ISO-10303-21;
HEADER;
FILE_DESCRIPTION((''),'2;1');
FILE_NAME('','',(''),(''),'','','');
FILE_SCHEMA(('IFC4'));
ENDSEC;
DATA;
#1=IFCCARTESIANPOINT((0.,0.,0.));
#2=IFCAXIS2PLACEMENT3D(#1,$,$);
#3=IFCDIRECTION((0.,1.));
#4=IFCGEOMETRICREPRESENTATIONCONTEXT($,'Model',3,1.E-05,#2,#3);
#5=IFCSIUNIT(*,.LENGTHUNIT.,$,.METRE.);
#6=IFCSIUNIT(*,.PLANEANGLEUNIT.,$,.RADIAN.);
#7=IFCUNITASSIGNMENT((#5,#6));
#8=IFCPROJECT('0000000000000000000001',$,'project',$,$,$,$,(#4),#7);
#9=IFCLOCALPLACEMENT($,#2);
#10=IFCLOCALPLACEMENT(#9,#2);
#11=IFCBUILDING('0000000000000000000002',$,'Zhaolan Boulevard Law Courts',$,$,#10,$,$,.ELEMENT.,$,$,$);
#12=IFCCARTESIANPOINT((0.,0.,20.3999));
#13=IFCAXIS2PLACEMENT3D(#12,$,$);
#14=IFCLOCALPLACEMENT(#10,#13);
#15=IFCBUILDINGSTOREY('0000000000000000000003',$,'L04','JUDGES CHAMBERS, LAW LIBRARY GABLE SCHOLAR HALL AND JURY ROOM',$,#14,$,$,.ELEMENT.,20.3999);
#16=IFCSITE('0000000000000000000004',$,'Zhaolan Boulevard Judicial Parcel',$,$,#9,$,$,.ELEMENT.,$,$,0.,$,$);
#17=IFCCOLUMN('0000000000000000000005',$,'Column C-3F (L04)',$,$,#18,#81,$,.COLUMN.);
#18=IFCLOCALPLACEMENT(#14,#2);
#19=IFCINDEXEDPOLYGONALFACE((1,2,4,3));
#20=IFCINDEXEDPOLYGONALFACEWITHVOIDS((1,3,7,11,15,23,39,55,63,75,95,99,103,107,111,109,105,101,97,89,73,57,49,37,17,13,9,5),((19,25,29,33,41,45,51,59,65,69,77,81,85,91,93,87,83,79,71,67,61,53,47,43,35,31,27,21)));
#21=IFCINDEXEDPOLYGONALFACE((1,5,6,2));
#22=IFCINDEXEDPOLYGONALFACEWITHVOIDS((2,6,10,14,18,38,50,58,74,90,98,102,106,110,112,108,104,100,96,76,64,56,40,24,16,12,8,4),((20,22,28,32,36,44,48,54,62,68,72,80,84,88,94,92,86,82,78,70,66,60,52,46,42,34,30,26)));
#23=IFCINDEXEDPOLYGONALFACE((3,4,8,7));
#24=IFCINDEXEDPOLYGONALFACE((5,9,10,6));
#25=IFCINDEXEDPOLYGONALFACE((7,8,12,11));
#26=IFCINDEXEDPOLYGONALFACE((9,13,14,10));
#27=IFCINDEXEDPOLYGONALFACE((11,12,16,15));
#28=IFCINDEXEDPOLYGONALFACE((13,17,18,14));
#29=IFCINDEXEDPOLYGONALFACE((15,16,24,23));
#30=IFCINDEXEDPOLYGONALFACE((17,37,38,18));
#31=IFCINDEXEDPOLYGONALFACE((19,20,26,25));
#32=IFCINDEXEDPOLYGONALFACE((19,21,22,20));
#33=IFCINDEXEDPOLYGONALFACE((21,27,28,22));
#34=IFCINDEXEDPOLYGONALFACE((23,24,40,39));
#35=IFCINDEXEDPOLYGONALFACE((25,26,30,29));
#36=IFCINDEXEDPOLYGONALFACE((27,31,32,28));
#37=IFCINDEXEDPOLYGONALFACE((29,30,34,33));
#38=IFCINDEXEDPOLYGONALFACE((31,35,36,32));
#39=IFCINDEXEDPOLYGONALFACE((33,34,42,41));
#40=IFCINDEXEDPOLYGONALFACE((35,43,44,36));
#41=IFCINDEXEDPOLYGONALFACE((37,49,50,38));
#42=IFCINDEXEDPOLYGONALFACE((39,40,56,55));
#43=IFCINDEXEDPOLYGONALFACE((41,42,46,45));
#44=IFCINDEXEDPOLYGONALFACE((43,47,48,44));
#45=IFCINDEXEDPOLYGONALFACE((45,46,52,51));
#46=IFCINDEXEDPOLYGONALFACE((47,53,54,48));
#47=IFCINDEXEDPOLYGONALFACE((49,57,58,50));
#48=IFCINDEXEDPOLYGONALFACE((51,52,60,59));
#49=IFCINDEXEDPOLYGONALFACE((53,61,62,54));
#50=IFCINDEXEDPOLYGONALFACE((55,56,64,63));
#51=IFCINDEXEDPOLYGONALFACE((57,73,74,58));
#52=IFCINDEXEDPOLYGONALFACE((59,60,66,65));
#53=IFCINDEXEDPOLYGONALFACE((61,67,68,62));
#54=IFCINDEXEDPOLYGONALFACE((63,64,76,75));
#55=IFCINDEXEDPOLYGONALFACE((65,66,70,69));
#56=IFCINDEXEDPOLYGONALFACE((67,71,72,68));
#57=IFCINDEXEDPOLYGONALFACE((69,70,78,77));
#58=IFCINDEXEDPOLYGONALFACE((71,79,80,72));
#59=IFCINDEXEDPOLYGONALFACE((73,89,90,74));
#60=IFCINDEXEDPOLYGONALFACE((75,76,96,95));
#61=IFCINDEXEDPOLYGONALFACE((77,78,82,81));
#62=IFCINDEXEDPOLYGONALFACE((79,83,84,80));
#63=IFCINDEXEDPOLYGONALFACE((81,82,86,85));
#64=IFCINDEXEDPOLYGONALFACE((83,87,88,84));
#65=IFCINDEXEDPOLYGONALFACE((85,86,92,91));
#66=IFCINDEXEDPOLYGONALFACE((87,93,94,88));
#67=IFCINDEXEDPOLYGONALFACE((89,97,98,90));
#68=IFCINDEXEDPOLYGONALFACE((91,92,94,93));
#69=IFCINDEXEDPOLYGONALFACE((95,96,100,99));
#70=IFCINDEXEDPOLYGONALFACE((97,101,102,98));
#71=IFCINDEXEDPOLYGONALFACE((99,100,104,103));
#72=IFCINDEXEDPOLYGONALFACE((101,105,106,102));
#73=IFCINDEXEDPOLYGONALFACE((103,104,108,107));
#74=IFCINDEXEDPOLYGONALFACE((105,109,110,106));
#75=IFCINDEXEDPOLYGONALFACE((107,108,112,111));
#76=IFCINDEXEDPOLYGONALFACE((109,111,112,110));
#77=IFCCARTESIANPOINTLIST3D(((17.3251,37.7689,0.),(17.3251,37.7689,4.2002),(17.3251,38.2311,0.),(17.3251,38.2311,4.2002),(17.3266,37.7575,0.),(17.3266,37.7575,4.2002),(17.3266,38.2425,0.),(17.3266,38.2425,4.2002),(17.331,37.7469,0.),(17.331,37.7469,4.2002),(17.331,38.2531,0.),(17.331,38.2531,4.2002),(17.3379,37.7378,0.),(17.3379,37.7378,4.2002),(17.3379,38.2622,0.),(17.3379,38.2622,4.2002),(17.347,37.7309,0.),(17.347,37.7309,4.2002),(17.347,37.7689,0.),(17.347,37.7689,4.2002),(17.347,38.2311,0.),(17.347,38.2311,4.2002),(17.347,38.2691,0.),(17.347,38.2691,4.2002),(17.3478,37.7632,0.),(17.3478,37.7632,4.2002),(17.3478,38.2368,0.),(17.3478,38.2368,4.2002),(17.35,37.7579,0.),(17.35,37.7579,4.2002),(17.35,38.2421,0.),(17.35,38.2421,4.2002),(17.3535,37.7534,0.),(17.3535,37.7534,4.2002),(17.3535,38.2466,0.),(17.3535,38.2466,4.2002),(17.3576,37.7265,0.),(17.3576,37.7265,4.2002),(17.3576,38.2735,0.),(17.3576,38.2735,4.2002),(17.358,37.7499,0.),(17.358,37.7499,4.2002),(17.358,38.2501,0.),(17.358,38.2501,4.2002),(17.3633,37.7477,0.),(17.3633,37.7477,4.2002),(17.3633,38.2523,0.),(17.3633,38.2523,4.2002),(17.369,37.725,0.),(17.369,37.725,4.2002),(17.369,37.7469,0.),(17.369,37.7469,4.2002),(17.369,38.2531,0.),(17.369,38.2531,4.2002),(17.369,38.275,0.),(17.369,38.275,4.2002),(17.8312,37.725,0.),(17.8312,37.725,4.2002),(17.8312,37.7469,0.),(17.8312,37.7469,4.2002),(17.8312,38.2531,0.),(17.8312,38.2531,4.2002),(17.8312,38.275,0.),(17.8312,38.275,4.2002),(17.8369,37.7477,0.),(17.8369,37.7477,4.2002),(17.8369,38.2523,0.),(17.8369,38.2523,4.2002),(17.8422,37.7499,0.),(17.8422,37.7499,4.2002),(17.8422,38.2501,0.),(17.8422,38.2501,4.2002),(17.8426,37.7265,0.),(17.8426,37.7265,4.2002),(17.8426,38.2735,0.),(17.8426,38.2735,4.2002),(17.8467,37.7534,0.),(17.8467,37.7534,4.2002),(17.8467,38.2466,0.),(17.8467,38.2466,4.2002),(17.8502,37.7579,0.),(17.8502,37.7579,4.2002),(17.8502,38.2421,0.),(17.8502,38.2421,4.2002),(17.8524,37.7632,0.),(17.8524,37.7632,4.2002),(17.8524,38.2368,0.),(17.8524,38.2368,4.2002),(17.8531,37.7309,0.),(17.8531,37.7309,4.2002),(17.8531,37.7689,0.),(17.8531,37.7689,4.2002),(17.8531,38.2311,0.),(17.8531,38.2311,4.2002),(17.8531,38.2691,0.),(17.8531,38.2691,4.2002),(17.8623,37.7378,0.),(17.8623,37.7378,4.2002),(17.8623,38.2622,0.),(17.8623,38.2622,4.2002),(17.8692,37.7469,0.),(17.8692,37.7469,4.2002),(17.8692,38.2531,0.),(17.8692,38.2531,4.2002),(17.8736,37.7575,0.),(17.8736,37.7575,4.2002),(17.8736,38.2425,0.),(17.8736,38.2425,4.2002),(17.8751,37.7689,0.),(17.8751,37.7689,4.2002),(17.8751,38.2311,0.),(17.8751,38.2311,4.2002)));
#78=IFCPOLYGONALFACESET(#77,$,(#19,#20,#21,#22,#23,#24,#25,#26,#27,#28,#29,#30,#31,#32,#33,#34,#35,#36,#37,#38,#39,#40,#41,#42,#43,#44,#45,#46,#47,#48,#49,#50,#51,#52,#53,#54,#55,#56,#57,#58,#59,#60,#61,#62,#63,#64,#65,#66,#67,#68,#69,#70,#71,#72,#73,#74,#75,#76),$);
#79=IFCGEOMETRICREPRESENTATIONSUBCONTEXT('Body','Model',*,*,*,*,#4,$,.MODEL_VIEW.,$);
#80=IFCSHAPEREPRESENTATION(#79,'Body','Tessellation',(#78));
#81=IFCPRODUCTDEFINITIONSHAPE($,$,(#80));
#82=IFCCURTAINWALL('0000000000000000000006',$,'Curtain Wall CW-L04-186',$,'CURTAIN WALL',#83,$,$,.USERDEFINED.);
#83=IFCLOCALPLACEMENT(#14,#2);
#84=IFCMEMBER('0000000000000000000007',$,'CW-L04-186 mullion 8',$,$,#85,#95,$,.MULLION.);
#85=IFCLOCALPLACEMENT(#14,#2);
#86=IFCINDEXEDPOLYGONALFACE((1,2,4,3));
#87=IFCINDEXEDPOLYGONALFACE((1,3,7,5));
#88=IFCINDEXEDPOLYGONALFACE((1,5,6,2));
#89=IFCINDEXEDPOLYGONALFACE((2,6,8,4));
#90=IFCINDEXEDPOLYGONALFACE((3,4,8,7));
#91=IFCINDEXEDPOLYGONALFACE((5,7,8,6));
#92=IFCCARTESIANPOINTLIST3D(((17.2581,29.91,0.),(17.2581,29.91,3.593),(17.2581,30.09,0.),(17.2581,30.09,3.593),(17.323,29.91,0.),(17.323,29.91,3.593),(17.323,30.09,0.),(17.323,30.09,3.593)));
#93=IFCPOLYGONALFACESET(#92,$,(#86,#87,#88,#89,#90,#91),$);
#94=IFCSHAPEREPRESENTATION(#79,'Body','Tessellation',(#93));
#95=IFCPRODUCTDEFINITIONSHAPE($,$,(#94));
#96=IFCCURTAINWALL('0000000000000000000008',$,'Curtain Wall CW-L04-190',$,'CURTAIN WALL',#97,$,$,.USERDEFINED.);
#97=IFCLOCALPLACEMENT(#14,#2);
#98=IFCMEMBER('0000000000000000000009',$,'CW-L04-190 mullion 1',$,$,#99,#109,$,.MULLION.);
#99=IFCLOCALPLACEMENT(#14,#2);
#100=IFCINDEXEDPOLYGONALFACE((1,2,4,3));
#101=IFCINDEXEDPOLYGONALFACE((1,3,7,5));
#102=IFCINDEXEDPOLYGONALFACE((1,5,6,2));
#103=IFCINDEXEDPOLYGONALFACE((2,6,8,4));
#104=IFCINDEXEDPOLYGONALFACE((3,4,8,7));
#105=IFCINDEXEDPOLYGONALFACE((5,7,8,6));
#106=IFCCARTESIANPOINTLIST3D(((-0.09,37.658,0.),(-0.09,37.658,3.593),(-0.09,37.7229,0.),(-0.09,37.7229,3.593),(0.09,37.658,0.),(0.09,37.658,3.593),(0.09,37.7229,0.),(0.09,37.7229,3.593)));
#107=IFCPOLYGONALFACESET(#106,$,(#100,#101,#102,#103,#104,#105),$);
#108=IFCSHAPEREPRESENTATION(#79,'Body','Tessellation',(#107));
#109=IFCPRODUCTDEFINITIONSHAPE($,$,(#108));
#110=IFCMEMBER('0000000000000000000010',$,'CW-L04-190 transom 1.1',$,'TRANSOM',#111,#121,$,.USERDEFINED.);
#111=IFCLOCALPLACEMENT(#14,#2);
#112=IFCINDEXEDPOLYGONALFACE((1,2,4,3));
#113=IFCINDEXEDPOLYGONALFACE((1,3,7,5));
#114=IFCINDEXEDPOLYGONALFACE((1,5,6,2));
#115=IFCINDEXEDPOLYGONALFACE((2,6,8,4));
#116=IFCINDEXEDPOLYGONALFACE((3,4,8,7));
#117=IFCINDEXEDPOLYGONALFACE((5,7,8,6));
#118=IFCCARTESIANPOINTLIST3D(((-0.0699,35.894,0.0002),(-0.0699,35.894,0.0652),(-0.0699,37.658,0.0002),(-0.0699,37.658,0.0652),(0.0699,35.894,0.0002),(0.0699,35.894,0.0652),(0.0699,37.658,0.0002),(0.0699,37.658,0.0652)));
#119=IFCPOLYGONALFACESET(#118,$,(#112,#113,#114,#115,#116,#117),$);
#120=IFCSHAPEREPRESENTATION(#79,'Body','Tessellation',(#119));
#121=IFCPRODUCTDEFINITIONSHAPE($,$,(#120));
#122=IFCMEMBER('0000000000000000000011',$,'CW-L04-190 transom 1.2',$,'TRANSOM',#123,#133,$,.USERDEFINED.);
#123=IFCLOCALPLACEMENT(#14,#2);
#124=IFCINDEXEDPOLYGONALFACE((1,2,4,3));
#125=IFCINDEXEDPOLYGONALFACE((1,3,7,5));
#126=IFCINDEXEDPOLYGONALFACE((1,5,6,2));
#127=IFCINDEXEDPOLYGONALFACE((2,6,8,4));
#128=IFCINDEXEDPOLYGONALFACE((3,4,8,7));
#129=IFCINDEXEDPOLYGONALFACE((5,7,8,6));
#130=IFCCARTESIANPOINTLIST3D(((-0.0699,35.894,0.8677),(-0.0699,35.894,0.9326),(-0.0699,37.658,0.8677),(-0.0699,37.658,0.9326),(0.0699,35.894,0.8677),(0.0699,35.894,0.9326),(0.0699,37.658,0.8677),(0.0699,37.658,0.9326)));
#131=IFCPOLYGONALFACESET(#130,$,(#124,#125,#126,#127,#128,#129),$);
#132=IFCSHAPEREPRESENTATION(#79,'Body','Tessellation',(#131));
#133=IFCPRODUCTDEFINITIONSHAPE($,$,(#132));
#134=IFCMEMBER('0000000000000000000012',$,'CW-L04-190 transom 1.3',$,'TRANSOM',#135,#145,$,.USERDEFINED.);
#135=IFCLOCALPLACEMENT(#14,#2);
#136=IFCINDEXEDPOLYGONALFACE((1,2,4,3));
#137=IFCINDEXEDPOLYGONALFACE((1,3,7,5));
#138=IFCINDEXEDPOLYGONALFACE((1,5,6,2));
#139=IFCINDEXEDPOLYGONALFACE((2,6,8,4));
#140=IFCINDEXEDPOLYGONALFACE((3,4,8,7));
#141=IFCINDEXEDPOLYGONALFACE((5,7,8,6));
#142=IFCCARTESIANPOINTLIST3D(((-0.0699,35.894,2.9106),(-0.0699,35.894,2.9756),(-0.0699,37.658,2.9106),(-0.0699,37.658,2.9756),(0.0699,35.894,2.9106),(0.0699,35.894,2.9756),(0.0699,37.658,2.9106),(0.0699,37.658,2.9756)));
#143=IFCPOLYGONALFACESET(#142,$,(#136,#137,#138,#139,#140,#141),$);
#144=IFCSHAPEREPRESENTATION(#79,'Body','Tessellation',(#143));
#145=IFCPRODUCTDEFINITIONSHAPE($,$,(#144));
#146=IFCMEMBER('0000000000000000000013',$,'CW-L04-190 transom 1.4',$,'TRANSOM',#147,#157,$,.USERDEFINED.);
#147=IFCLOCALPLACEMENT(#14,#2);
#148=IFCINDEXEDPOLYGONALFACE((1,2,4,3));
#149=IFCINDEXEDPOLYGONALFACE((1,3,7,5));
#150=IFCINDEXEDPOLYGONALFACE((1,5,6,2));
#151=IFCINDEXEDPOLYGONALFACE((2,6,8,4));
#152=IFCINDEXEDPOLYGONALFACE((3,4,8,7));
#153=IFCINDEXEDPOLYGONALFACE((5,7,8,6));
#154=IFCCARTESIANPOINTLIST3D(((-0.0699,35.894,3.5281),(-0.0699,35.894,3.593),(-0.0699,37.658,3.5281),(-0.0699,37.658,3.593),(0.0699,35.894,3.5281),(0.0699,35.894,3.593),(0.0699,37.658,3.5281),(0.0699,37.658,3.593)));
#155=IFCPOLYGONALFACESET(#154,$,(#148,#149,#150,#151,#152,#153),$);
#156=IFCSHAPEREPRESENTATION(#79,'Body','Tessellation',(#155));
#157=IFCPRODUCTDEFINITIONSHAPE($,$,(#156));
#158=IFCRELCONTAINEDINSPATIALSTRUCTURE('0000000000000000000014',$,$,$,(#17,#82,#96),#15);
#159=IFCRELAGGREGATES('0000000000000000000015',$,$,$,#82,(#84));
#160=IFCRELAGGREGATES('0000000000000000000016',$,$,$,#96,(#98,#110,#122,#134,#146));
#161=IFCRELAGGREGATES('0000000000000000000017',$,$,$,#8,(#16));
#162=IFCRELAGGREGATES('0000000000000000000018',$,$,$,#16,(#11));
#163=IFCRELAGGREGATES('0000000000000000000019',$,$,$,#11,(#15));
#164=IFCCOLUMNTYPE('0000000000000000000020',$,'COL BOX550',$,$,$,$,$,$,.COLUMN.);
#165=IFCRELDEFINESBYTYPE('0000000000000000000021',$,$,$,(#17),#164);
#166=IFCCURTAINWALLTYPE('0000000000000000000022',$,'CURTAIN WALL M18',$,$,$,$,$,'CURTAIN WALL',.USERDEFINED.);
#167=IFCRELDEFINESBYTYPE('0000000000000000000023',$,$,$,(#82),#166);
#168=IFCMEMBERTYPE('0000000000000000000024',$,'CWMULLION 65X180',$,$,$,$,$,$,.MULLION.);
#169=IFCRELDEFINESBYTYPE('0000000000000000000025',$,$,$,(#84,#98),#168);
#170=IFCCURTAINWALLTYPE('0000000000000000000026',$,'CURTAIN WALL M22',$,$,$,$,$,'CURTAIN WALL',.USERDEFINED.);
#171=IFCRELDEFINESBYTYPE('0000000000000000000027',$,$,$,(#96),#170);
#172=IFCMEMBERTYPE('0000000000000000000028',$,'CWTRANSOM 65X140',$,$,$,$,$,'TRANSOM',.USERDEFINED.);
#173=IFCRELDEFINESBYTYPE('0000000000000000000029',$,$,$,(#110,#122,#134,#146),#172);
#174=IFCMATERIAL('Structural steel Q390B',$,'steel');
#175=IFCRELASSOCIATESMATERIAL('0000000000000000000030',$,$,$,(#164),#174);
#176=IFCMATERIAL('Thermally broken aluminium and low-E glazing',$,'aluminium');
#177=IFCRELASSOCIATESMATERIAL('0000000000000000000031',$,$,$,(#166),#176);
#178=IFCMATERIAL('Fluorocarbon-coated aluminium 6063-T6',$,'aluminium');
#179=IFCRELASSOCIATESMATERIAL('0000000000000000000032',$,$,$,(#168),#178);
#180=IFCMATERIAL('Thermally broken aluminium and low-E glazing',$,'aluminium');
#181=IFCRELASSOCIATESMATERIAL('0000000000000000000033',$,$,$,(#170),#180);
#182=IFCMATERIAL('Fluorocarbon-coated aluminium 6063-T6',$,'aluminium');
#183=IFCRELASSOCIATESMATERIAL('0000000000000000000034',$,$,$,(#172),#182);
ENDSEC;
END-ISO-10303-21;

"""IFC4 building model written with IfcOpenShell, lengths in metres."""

from ifc_helpers import new_model, si_unit, direction, frame, origin, origin_2d, place, context, subcontext, project, spatial, rectangle, hollow_rectangle, extrude, material, material_profile, profile_set, type_object, element, aggregate, save


model = new_model("IFC4")

# Units and contexts
model_context = context("Model", 3, precision=1e-05, world=origin(), true_north=direction((0.0, 1.0)))
body_context = subcontext(model_context, "Body", "Model", "MODEL_VIEW")
ifc_project = project(units=[si_unit("LENGTHUNIT", "METRE"), si_unit("PLANEANGLEUNIT", "RADIAN")], contexts=[model_context])

# Site, building, storey
site_placement = place(None, origin())
site = spatial("IfcSite", under=ifc_project, at=site_placement, Name="Zhaolan Boulevard Judicial Parcel", CompositionType="ELEMENT", RefElevation=0.0)
building_placement = place(site_placement, origin())
building = spatial("IfcBuilding", under=site, at=building_placement, Name="Zhaolan Boulevard Law Courts", CompositionType="ELEMENT")
storey_placement = place(building_placement, frame((0.0, 0.0, 20.3999)))
storey = spatial("IfcBuildingStorey", under=building, at=storey_placement, Name="L04", Description="JUDGES CHAMBERS, LAW LIBRARY GABLE SCHOLAR HALL AND JURY ROOM", CompositionType="ELEMENT", Elevation=20.3999)

# Column
ifc_material_1 = material(Name="Structural steel Q390B", Category="steel")
ifc_material_profile_1 = material_profile(ifc_material_1, hollow_rectangle(XDim=0.55, YDim=0.55, WallThickness=0.022, InnerFilletRadius=0.022, OuterFilletRadius=0.0439, at=origin_2d()), Name="BOX550x550x22")
ifc_profile_set_1 = profile_set([ifc_material_profile_1], Name="Structural steel Q390B")
column_type = type_object("IfcColumnType", Name="COL BOX550", PredefinedType="COLUMN", material=ifc_profile_set_1)
for number, where, z_axis, x_axis, name in (
    (1, (17.6001, 38.0, 0.0), (0.0, 0.0, 1.0), (1.0, 0.0, 0.0), "Column C-3F (L04)"),
):
    element("IfcColumn", number, at=place(storey_placement, frame(where, z_axis=z_axis, x_axis=x_axis)), inside=storey, type_object=column_type, Name=name, PredefinedType="COLUMN", context=body_context, shape_type="SweptSolid", body=[
        extrude(hollow_rectangle(XDim=0.55, YDim=0.55, WallThickness=0.022, InnerFilletRadius=0.022, OuterFilletRadius=0.0439, at=origin_2d()), origin(), (0.0, 0.0, 1.0), 4.2002),
    ])

# Curtain wall, member
ifc_material_2 = material(Name="Thermally broken aluminium and low-E glazing", Category="aluminium")
curtain_wall_type_1 = type_object("IfcCurtainWallType", Name="CURTAIN WALL M18", ElementType="CURTAIN WALL", PredefinedType="USERDEFINED", material=ifc_material_2)
curtain_wall_1_placement = place(storey_placement, origin())
curtain_wall_1 = element("IfcCurtainWall", 2, at=curtain_wall_1_placement, inside=storey, type_object=curtain_wall_type_1, Name="Curtain Wall CW-L04-186", ObjectType="CURTAIN WALL", PredefinedType="USERDEFINED")
ifc_material_3 = material(Name="Fluorocarbon-coated aluminium 6063-T6", Category="aluminium")
ifc_material_profile_2 = material_profile(ifc_material_3, rectangle(XDim=0.1799, YDim=0.0649, at=origin_2d()), Name="AL65x180")
ifc_profile_set_2 = profile_set([ifc_material_profile_2], Name="Fluorocarbon-coated aluminium 6063-T6")
member_type_1 = type_object("IfcMemberType", Name="CWMULLION 65X180", PredefinedType="MULLION", material=ifc_profile_set_2)
member_1_placement = place(storey_placement, frame((17.2905, 30.0, 0.0), z_axis=(0.0, 0.0, 1.0), x_axis=(0.0, 1.0, 0.0)))
member_1 = element("IfcMember", 3, at=member_1_placement, type_object=member_type_1, Name="CW-L04-186 mullion 8", PredefinedType="MULLION", context=body_context, shape_type="SweptSolid", body=[
    extrude(rectangle(XDim=0.1799, YDim=0.0649, at=origin_2d()), origin(), (0.0, 0.0, 1.0), 3.593),
])
aggregate(curtain_wall_1, [member_1])

# Curtain wall, members
ifc_material_4 = material(Name="Thermally broken aluminium and low-E glazing", Category="aluminium")
curtain_wall_type_2 = type_object("IfcCurtainWallType", Name="CURTAIN WALL M22", ElementType="CURTAIN WALL", PredefinedType="USERDEFINED", material=ifc_material_4)
curtain_wall_2_placement = place(storey_placement, origin())
curtain_wall_2 = element("IfcCurtainWall", 4, at=curtain_wall_2_placement, inside=storey, type_object=curtain_wall_type_2, Name="Curtain Wall CW-L04-190", ObjectType="CURTAIN WALL", PredefinedType="USERDEFINED")
member_2_placement = place(storey_placement, frame((0.0, 37.6904, 0.0), z_axis=(0.0, 0.0, 1.0), x_axis=(1.0, 0.0, 0.0)))
member_2 = element("IfcMember", 5, at=member_2_placement, type_object=member_type_1, Name="CW-L04-190 mullion 1", PredefinedType="MULLION", context=body_context, shape_type="SweptSolid", body=[
    extrude(rectangle(XDim=0.1799, YDim=0.0649, at=origin_2d()), origin(), (0.0, 0.0, 1.0), 3.593),
])
ifc_material_5 = material(Name="Fluorocarbon-coated aluminium 6063-T6", Category="aluminium")
ifc_material_profile_3 = material_profile(ifc_material_5, rectangle(XDim=0.1399, YDim=0.0649, at=origin_2d()), Name="AL65x140")
ifc_profile_set_3 = profile_set([ifc_material_profile_3], Name="Fluorocarbon-coated aluminium 6063-T6")
member_type_2 = type_object("IfcMemberType", Name="CWTRANSOM 65X140", ElementType="TRANSOM", PredefinedType="USERDEFINED", material=ifc_profile_set_3)
member_3_placement = place(storey_placement, frame((0.0, 37.658, 0.0327), z_axis=(0.0, -1.0, 0.0), x_axis=(1.0, 0.0, 0.0)))
member_3 = element("IfcMember", 6, at=member_3_placement, type_object=member_type_2, Name="CW-L04-190 transom 1.1", ObjectType="TRANSOM", PredefinedType="USERDEFINED", context=body_context, shape_type="SweptSolid", body=[
    extrude(rectangle(XDim=0.1399, YDim=0.0649, at=origin_2d()), origin(), (0.0, 0.0, 1.0), 1.7639),
])
member_4_placement = place(storey_placement, frame((0.0, 37.658, 0.9001), z_axis=(0.0, -1.0, 0.0), x_axis=(1.0, 0.0, 0.0)))
member_4 = element("IfcMember", 7, at=member_4_placement, type_object=member_type_2, Name="CW-L04-190 transom 1.2", ObjectType="TRANSOM", PredefinedType="USERDEFINED", context=body_context, shape_type="SweptSolid", body=[
    extrude(rectangle(XDim=0.1399, YDim=0.0649, at=origin_2d()), origin(), (0.0, 0.0, 1.0), 1.7639),
])
member_5_placement = place(storey_placement, frame((0.0, 37.658, 2.9431), z_axis=(0.0, -1.0, 0.0), x_axis=(1.0, 0.0, 0.0)))
member_5 = element("IfcMember", 8, at=member_5_placement, type_object=member_type_2, Name="CW-L04-190 transom 1.3", ObjectType="TRANSOM", PredefinedType="USERDEFINED", context=body_context, shape_type="SweptSolid", body=[
    extrude(rectangle(XDim=0.1399, YDim=0.0649, at=origin_2d()), origin(), (0.0, 0.0, 1.0), 1.7639),
])
member_6_placement = place(storey_placement, frame((0.0, 37.658, 3.5605), z_axis=(0.0, -1.0, 0.0), x_axis=(1.0, 0.0, 0.0)))
member_6 = element("IfcMember", 9, at=member_6_placement, type_object=member_type_2, Name="CW-L04-190 transom 1.4", ObjectType="TRANSOM", PredefinedType="USERDEFINED", context=body_context, shape_type="SweptSolid", body=[
    extrude(rectangle(XDim=0.1399, YDim=0.0649, at=origin_2d()), origin(), (0.0, 0.0, 1.0), 1.7639),
])

aggregate(curtain_wall_2, [member_2, member_3, member_4, member_5, member_6])

save(model, "model.ifc")
